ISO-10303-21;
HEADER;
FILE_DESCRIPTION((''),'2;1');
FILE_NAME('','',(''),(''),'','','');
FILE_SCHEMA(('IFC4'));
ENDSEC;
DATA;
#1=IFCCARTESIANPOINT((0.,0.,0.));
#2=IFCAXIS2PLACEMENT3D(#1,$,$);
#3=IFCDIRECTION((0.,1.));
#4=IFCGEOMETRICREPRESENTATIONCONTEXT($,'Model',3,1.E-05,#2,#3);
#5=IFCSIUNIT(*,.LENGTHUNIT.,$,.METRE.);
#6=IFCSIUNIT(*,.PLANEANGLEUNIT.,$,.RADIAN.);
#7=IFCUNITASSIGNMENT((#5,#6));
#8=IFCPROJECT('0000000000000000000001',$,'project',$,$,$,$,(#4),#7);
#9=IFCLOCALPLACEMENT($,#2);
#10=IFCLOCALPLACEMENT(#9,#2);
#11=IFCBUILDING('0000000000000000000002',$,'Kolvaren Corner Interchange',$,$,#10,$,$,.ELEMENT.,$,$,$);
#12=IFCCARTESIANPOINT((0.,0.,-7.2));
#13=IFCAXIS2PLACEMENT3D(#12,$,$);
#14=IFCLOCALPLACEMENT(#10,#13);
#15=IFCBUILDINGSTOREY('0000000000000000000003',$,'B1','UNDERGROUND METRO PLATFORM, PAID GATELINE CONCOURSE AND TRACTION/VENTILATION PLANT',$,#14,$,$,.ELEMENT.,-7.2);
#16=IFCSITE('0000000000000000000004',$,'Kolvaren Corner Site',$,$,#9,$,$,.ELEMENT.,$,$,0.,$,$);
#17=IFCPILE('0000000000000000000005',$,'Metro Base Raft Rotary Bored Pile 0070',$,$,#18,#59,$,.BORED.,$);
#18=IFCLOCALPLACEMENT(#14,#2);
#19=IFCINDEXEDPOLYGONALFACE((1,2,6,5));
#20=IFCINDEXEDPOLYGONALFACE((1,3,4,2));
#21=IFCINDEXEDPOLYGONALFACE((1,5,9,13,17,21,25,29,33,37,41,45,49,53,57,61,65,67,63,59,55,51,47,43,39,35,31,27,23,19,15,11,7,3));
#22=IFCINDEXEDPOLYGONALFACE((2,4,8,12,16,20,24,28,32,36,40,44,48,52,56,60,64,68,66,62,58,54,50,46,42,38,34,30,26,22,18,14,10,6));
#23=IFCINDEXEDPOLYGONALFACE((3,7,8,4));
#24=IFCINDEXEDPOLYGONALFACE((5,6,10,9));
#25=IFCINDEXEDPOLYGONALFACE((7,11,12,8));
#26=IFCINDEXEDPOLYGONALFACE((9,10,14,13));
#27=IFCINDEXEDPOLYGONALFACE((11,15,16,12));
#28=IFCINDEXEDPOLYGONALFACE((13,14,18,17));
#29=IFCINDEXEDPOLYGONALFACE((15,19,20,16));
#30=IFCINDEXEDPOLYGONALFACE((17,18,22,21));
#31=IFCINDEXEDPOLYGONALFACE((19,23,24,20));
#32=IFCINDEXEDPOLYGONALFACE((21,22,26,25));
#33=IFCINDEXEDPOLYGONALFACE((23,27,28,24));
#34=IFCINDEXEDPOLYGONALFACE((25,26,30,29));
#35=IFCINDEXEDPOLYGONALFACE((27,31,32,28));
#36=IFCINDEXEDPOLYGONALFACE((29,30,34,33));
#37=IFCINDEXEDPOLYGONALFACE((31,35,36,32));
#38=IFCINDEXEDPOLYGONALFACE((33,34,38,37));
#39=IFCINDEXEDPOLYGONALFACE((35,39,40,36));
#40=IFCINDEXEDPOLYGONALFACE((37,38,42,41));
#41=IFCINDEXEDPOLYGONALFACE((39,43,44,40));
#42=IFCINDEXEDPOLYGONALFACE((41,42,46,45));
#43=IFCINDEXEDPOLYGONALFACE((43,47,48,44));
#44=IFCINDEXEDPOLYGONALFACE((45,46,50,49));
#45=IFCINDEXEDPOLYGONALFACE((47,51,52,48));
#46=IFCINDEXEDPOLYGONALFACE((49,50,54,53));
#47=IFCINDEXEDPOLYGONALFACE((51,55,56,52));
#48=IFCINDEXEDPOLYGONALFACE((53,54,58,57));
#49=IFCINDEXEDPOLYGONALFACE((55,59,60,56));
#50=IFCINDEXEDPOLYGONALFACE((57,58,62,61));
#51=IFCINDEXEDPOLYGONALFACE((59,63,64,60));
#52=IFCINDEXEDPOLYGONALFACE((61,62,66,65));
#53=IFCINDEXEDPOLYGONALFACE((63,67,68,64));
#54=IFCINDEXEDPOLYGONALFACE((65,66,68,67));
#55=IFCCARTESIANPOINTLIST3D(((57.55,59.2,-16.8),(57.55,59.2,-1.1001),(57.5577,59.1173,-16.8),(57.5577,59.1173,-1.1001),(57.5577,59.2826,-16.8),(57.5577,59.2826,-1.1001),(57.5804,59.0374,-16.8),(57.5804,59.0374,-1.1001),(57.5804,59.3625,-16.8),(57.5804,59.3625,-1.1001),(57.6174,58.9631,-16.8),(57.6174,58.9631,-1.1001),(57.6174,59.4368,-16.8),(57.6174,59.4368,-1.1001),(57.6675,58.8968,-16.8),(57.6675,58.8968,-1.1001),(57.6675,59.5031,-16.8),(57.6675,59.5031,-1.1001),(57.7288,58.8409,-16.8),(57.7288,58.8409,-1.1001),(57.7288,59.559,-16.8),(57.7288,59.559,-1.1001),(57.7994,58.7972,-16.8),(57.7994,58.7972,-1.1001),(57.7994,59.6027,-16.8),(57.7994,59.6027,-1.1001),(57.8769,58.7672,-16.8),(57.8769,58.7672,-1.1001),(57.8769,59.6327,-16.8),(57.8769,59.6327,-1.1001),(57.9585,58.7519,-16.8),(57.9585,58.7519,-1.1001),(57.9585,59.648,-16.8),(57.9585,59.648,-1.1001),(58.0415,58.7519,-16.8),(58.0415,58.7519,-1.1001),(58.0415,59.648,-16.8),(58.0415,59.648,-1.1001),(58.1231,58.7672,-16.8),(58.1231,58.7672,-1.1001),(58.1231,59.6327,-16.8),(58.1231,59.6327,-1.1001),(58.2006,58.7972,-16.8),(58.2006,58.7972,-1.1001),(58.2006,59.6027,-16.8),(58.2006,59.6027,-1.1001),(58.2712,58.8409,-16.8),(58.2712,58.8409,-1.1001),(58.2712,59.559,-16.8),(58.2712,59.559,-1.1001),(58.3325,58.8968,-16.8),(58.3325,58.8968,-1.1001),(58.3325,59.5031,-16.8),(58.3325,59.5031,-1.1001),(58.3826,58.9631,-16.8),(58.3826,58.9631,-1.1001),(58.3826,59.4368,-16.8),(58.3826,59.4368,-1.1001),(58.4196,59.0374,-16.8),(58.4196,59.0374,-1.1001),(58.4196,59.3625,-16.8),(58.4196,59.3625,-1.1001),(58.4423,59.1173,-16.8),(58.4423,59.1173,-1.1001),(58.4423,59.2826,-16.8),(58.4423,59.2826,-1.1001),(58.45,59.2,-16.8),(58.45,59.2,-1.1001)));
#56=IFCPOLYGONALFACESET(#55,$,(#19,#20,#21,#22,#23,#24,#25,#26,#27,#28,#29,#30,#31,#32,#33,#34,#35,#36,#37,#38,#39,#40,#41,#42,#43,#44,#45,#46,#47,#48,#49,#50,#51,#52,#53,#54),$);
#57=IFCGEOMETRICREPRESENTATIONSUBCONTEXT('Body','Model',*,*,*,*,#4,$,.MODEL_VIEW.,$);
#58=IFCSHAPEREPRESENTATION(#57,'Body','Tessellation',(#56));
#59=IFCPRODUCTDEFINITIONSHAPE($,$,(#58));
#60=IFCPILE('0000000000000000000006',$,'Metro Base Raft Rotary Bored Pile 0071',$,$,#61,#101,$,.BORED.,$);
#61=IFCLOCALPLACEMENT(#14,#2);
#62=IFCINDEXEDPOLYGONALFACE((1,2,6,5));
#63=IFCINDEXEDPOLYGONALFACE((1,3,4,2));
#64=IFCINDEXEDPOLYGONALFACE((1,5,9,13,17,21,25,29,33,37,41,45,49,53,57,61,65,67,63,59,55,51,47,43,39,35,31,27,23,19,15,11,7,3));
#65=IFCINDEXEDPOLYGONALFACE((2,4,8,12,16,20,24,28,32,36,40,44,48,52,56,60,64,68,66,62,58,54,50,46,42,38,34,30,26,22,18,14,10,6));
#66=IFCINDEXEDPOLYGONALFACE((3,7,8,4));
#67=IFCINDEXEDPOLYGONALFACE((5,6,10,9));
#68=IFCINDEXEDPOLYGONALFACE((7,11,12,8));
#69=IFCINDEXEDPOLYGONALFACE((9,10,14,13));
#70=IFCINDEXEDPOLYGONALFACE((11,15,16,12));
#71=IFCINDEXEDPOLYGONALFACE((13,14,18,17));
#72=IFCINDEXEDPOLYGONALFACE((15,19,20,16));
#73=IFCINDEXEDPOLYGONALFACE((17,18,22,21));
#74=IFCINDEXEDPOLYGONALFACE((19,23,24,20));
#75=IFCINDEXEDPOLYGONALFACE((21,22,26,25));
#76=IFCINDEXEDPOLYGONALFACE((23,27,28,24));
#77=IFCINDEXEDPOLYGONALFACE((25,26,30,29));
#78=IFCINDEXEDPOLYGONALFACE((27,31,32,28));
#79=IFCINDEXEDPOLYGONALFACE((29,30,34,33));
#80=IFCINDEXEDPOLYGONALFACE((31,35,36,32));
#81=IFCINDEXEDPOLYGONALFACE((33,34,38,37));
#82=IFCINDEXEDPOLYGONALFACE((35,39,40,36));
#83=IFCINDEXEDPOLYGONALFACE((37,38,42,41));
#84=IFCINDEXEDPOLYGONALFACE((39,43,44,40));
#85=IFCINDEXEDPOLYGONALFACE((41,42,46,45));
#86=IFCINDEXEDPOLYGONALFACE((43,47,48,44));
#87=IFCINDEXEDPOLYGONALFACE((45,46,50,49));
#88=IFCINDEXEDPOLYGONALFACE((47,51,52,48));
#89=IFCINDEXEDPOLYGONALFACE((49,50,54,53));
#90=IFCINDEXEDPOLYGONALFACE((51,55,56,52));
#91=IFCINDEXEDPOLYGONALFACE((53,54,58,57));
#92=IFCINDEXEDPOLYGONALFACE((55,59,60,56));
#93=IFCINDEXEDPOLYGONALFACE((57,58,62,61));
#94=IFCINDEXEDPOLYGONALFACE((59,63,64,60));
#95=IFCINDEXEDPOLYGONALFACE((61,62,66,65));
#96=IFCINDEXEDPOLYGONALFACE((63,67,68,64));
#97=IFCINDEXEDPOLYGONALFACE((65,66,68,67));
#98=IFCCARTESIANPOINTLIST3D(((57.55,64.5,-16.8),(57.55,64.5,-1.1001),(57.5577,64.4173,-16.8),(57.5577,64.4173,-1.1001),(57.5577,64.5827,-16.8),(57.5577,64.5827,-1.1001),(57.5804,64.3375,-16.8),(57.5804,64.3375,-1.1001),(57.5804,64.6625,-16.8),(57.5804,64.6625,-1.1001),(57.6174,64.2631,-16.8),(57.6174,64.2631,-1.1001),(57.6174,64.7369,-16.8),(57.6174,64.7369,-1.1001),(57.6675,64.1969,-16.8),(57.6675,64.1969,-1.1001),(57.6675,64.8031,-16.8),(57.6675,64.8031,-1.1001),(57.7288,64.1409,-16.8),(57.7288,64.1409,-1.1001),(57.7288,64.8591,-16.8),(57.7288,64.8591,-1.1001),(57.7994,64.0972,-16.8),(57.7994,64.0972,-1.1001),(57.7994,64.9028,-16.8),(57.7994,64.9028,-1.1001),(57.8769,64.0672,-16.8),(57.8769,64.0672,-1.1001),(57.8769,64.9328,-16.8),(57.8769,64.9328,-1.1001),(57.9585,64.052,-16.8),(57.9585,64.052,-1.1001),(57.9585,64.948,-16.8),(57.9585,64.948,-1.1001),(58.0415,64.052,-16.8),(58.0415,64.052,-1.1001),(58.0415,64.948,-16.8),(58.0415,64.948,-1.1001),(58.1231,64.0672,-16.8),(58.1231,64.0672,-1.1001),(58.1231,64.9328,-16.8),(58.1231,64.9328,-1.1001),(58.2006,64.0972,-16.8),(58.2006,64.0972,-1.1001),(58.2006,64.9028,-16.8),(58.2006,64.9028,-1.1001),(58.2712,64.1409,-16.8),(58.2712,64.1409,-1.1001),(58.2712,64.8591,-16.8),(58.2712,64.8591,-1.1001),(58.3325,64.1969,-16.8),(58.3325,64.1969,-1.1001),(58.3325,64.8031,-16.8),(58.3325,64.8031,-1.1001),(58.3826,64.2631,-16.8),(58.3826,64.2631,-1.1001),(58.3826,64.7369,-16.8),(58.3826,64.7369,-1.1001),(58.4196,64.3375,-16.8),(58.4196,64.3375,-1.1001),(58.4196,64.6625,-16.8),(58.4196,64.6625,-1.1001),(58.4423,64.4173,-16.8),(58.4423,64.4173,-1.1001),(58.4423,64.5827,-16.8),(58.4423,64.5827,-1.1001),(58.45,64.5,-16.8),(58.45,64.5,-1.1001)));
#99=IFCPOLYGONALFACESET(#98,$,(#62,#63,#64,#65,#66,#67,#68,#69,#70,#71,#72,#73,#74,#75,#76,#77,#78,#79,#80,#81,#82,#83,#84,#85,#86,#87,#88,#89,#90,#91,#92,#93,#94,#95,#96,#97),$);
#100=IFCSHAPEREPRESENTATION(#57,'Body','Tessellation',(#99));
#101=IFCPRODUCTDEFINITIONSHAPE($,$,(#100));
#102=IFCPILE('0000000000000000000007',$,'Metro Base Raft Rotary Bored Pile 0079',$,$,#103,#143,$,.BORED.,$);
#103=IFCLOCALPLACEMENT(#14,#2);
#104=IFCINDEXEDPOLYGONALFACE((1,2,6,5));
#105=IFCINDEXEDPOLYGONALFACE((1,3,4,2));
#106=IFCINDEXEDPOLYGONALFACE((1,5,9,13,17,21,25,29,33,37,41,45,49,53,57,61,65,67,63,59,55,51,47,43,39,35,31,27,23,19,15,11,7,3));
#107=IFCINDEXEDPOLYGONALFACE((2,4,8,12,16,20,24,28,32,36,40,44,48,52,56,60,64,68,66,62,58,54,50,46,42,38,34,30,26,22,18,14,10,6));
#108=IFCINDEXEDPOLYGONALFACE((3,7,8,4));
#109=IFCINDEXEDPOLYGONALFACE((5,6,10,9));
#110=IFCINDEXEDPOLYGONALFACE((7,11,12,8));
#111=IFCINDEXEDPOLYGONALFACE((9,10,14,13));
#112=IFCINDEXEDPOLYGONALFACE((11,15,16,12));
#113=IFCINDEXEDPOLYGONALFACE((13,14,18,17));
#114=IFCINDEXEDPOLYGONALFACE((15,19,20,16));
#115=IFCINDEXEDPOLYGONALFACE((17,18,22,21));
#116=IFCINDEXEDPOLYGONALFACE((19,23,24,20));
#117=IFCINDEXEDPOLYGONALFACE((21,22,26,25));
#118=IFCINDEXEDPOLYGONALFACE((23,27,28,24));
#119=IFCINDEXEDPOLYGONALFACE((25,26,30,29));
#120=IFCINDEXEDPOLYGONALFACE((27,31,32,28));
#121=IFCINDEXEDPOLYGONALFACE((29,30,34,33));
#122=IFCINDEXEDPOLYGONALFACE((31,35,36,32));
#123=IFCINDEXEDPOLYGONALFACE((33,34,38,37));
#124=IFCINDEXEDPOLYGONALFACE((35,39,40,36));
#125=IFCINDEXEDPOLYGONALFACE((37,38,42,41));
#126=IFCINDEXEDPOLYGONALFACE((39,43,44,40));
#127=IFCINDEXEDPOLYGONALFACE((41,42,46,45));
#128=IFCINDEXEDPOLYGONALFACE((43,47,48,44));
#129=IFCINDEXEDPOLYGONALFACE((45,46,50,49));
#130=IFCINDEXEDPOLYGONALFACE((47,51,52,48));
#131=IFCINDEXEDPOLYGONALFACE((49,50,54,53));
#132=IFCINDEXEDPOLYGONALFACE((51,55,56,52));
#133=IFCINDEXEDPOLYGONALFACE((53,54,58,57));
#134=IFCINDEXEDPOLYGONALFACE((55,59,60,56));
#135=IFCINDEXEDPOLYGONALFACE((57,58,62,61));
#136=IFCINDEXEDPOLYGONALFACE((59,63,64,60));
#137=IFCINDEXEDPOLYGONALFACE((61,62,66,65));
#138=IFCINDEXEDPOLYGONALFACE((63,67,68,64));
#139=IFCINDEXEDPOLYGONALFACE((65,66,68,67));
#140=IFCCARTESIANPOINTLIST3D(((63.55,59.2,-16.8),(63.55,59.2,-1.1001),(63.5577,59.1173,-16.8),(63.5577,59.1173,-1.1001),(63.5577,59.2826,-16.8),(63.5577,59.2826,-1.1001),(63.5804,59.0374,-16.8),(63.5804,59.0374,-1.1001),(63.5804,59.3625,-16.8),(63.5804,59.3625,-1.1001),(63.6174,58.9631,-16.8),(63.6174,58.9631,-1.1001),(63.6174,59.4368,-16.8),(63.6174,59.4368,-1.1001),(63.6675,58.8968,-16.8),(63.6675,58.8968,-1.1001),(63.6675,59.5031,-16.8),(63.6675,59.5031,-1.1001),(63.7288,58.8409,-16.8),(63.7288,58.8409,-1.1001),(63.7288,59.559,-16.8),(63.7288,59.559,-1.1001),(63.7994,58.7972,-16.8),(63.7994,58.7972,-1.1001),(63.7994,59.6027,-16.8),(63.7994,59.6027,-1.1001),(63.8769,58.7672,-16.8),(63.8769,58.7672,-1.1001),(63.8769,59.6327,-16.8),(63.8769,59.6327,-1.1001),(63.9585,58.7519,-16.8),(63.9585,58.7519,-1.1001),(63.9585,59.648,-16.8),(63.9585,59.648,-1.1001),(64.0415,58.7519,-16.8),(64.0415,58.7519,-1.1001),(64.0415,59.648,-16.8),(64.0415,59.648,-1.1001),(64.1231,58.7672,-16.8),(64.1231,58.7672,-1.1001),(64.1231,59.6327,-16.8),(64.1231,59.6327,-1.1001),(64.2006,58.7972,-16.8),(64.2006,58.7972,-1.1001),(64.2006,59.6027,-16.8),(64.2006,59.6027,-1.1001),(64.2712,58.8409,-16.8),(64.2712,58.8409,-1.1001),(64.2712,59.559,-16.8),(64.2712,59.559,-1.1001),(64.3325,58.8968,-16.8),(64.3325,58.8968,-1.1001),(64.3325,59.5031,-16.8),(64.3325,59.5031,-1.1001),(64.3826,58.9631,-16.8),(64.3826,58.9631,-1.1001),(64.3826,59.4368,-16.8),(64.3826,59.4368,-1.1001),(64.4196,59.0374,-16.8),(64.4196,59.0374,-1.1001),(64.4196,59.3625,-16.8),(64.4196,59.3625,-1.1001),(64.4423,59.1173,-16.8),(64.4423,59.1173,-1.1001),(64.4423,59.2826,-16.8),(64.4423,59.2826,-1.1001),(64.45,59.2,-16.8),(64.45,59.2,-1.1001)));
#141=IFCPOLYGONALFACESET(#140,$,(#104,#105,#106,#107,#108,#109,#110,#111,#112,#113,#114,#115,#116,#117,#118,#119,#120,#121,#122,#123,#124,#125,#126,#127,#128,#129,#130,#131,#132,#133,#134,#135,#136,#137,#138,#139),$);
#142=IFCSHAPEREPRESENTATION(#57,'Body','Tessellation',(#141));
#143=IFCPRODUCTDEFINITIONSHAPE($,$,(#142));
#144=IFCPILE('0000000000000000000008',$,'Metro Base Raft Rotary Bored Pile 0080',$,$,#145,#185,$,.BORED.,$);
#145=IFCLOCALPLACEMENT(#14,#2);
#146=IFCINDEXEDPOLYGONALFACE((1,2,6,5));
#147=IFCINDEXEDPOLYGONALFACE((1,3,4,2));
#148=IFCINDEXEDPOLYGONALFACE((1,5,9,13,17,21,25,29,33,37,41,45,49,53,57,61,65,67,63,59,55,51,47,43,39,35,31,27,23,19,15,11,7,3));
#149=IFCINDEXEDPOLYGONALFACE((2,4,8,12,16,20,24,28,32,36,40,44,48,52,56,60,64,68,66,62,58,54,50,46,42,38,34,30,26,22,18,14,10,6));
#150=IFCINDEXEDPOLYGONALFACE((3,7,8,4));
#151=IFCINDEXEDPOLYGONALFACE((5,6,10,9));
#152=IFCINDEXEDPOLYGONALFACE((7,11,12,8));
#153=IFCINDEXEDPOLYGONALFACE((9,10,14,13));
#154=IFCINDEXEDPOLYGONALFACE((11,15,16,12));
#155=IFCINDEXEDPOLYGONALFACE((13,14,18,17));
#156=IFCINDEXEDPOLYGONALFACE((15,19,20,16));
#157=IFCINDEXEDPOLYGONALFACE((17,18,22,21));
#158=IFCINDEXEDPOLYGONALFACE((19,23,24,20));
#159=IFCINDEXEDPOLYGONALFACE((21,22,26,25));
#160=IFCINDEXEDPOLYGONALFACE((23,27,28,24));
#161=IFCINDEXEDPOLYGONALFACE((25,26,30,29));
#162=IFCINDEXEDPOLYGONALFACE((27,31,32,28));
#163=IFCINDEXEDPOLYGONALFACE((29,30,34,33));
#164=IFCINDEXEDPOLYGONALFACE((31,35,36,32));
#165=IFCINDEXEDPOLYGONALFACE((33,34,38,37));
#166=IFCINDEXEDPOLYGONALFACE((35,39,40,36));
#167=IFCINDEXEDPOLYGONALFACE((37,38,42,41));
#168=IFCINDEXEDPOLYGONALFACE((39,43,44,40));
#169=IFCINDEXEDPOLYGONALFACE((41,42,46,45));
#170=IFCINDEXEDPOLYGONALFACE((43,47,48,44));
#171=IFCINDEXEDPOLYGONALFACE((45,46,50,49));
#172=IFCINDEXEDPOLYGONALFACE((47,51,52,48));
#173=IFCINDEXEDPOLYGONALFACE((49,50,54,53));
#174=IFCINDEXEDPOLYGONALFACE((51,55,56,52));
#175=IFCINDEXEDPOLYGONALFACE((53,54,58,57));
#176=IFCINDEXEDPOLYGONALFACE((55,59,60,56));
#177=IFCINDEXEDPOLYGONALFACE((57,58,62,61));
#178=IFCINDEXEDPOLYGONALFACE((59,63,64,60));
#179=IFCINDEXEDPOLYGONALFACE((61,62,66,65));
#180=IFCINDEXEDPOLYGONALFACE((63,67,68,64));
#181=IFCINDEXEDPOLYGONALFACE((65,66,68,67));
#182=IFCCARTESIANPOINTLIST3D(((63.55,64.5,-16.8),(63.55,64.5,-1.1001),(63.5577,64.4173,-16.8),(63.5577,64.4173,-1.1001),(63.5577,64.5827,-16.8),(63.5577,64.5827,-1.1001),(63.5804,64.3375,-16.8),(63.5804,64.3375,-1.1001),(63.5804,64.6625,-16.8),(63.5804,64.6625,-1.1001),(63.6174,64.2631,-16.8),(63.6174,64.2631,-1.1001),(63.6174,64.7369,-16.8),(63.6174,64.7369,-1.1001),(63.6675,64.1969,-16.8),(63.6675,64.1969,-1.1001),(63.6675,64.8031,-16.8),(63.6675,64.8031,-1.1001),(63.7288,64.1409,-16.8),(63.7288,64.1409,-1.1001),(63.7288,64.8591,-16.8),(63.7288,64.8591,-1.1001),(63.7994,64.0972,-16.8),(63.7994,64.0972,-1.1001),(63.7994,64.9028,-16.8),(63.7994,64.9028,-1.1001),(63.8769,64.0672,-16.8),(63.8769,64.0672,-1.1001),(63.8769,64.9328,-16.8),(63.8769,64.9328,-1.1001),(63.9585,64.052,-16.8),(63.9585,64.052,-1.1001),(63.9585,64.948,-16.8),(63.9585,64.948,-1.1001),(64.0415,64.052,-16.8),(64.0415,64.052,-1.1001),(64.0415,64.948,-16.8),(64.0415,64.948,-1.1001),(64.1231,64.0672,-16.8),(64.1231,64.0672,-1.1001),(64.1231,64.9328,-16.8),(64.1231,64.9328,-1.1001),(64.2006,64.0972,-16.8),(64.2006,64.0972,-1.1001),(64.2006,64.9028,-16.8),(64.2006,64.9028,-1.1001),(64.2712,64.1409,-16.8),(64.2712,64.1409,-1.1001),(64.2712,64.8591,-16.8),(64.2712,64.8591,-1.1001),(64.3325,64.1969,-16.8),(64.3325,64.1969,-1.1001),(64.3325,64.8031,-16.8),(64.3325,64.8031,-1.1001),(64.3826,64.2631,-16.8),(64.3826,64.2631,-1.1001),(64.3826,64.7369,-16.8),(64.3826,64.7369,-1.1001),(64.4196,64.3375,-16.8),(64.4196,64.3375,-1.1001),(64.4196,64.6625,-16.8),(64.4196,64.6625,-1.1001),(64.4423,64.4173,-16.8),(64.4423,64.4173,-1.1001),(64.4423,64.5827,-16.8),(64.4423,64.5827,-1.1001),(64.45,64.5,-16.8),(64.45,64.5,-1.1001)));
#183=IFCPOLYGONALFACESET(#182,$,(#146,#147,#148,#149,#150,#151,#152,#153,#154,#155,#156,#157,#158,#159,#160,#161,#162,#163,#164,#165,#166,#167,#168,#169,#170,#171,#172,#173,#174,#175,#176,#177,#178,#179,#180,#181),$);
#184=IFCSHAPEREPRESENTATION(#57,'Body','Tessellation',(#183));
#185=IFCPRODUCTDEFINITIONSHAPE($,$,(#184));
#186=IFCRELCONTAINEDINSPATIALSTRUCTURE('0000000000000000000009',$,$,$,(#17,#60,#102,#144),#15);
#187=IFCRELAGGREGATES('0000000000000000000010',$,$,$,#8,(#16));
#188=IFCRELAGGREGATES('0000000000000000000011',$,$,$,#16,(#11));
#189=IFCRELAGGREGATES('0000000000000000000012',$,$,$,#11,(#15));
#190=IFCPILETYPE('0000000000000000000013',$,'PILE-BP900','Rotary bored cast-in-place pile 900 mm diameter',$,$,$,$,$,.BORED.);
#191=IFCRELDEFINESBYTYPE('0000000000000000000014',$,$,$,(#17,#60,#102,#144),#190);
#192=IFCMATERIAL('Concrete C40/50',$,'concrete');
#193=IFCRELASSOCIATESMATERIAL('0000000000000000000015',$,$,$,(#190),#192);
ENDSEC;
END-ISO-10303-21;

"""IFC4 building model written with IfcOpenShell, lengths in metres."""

from ifc_helpers import new_model, si_unit, direction, frame, origin, origin_2d, place, context, subcontext, project, spatial, circle, extrude, material, material_profile, profile_set, type_object, element, save


model = new_model("IFC4")

# Units and contexts
model_context = context("Model", 3, precision=1e-05, world=origin(), true_north=direction((0.0, 1.0)))
body_context = subcontext(model_context, "Body", "Model", "MODEL_VIEW")
ifc_project = project(units=[si_unit("LENGTHUNIT", "METRE"), si_unit("PLANEANGLEUNIT", "RADIAN")], contexts=[model_context])

# Site, building, storey
site_placement = place(None, origin())
site = spatial("IfcSite", under=ifc_project, at=site_placement, Name="Kolvaren Corner Site", CompositionType="ELEMENT", RefElevation=0.0)
building_placement = place(site_placement, origin())
building = spatial("IfcBuilding", under=site, at=building_placement, Name="Kolvaren Corner Interchange", CompositionType="ELEMENT")
storey_placement = place(building_placement, frame((0.0, 0.0, -7.2)))
storey = spatial("IfcBuildingStorey", under=building, at=storey_placement, Name="B1", Description="UNDERGROUND METRO PLATFORM, PAID GATELINE CONCOURSE AND TRACTION/VENTILATION PLANT", CompositionType="ELEMENT", Elevation=-7.2)

# Piles
ifc_material_1 = material(Name="Concrete C40/50", Category="concrete")
ifc_material_profile_1 = material_profile(ifc_material_1, circle(Radius=0.45, at=origin_2d()), Name="BORED PILE 900")
ifc_profile_set_1 = profile_set([ifc_material_profile_1], Name="Concrete C40/50")
pile_type = type_object("IfcPileType", Name="PILE-BP900", Description="Rotary bored cast-in-place pile 900 mm diameter", PredefinedType="BORED", material=ifc_profile_set_1)
for number, where, z_axis, x_axis, name in (
    (1, (58.0, 59.2, -1.1001), (0.0, 0.0, -1.0), (1.0, 0.0, 0.0), "Metro Base Raft Rotary Bored Pile 0070"),
    (2, (58.0, 64.5, -1.1001), (0.0, 0.0, -1.0), (1.0, 0.0, 0.0), "Metro Base Raft Rotary Bored Pile 0071"),
    (3, (64.0, 59.2, -1.1001), (0.0, 0.0, -1.0), (1.0, 0.0, 0.0), "Metro Base Raft Rotary Bored Pile 0079"),
    (4, (64.0, 64.5, -1.1001), (0.0, 0.0, -1.0), (1.0, 0.0, 0.0), "Metro Base Raft Rotary Bored Pile 0080"),
):
    element("IfcPile", number, at=place(storey_placement, frame(where, z_axis=z_axis, x_axis=x_axis)), inside=storey, type_object=pile_type, Name=name, PredefinedType="BORED", context=body_context, shape_type="SweptSolid", body=[
        extrude(circle(Radius=0.45, at=origin_2d()), origin(), (0.0, 0.0, 1.0), 15.7),
    ])

save(model, "model.ifc")
